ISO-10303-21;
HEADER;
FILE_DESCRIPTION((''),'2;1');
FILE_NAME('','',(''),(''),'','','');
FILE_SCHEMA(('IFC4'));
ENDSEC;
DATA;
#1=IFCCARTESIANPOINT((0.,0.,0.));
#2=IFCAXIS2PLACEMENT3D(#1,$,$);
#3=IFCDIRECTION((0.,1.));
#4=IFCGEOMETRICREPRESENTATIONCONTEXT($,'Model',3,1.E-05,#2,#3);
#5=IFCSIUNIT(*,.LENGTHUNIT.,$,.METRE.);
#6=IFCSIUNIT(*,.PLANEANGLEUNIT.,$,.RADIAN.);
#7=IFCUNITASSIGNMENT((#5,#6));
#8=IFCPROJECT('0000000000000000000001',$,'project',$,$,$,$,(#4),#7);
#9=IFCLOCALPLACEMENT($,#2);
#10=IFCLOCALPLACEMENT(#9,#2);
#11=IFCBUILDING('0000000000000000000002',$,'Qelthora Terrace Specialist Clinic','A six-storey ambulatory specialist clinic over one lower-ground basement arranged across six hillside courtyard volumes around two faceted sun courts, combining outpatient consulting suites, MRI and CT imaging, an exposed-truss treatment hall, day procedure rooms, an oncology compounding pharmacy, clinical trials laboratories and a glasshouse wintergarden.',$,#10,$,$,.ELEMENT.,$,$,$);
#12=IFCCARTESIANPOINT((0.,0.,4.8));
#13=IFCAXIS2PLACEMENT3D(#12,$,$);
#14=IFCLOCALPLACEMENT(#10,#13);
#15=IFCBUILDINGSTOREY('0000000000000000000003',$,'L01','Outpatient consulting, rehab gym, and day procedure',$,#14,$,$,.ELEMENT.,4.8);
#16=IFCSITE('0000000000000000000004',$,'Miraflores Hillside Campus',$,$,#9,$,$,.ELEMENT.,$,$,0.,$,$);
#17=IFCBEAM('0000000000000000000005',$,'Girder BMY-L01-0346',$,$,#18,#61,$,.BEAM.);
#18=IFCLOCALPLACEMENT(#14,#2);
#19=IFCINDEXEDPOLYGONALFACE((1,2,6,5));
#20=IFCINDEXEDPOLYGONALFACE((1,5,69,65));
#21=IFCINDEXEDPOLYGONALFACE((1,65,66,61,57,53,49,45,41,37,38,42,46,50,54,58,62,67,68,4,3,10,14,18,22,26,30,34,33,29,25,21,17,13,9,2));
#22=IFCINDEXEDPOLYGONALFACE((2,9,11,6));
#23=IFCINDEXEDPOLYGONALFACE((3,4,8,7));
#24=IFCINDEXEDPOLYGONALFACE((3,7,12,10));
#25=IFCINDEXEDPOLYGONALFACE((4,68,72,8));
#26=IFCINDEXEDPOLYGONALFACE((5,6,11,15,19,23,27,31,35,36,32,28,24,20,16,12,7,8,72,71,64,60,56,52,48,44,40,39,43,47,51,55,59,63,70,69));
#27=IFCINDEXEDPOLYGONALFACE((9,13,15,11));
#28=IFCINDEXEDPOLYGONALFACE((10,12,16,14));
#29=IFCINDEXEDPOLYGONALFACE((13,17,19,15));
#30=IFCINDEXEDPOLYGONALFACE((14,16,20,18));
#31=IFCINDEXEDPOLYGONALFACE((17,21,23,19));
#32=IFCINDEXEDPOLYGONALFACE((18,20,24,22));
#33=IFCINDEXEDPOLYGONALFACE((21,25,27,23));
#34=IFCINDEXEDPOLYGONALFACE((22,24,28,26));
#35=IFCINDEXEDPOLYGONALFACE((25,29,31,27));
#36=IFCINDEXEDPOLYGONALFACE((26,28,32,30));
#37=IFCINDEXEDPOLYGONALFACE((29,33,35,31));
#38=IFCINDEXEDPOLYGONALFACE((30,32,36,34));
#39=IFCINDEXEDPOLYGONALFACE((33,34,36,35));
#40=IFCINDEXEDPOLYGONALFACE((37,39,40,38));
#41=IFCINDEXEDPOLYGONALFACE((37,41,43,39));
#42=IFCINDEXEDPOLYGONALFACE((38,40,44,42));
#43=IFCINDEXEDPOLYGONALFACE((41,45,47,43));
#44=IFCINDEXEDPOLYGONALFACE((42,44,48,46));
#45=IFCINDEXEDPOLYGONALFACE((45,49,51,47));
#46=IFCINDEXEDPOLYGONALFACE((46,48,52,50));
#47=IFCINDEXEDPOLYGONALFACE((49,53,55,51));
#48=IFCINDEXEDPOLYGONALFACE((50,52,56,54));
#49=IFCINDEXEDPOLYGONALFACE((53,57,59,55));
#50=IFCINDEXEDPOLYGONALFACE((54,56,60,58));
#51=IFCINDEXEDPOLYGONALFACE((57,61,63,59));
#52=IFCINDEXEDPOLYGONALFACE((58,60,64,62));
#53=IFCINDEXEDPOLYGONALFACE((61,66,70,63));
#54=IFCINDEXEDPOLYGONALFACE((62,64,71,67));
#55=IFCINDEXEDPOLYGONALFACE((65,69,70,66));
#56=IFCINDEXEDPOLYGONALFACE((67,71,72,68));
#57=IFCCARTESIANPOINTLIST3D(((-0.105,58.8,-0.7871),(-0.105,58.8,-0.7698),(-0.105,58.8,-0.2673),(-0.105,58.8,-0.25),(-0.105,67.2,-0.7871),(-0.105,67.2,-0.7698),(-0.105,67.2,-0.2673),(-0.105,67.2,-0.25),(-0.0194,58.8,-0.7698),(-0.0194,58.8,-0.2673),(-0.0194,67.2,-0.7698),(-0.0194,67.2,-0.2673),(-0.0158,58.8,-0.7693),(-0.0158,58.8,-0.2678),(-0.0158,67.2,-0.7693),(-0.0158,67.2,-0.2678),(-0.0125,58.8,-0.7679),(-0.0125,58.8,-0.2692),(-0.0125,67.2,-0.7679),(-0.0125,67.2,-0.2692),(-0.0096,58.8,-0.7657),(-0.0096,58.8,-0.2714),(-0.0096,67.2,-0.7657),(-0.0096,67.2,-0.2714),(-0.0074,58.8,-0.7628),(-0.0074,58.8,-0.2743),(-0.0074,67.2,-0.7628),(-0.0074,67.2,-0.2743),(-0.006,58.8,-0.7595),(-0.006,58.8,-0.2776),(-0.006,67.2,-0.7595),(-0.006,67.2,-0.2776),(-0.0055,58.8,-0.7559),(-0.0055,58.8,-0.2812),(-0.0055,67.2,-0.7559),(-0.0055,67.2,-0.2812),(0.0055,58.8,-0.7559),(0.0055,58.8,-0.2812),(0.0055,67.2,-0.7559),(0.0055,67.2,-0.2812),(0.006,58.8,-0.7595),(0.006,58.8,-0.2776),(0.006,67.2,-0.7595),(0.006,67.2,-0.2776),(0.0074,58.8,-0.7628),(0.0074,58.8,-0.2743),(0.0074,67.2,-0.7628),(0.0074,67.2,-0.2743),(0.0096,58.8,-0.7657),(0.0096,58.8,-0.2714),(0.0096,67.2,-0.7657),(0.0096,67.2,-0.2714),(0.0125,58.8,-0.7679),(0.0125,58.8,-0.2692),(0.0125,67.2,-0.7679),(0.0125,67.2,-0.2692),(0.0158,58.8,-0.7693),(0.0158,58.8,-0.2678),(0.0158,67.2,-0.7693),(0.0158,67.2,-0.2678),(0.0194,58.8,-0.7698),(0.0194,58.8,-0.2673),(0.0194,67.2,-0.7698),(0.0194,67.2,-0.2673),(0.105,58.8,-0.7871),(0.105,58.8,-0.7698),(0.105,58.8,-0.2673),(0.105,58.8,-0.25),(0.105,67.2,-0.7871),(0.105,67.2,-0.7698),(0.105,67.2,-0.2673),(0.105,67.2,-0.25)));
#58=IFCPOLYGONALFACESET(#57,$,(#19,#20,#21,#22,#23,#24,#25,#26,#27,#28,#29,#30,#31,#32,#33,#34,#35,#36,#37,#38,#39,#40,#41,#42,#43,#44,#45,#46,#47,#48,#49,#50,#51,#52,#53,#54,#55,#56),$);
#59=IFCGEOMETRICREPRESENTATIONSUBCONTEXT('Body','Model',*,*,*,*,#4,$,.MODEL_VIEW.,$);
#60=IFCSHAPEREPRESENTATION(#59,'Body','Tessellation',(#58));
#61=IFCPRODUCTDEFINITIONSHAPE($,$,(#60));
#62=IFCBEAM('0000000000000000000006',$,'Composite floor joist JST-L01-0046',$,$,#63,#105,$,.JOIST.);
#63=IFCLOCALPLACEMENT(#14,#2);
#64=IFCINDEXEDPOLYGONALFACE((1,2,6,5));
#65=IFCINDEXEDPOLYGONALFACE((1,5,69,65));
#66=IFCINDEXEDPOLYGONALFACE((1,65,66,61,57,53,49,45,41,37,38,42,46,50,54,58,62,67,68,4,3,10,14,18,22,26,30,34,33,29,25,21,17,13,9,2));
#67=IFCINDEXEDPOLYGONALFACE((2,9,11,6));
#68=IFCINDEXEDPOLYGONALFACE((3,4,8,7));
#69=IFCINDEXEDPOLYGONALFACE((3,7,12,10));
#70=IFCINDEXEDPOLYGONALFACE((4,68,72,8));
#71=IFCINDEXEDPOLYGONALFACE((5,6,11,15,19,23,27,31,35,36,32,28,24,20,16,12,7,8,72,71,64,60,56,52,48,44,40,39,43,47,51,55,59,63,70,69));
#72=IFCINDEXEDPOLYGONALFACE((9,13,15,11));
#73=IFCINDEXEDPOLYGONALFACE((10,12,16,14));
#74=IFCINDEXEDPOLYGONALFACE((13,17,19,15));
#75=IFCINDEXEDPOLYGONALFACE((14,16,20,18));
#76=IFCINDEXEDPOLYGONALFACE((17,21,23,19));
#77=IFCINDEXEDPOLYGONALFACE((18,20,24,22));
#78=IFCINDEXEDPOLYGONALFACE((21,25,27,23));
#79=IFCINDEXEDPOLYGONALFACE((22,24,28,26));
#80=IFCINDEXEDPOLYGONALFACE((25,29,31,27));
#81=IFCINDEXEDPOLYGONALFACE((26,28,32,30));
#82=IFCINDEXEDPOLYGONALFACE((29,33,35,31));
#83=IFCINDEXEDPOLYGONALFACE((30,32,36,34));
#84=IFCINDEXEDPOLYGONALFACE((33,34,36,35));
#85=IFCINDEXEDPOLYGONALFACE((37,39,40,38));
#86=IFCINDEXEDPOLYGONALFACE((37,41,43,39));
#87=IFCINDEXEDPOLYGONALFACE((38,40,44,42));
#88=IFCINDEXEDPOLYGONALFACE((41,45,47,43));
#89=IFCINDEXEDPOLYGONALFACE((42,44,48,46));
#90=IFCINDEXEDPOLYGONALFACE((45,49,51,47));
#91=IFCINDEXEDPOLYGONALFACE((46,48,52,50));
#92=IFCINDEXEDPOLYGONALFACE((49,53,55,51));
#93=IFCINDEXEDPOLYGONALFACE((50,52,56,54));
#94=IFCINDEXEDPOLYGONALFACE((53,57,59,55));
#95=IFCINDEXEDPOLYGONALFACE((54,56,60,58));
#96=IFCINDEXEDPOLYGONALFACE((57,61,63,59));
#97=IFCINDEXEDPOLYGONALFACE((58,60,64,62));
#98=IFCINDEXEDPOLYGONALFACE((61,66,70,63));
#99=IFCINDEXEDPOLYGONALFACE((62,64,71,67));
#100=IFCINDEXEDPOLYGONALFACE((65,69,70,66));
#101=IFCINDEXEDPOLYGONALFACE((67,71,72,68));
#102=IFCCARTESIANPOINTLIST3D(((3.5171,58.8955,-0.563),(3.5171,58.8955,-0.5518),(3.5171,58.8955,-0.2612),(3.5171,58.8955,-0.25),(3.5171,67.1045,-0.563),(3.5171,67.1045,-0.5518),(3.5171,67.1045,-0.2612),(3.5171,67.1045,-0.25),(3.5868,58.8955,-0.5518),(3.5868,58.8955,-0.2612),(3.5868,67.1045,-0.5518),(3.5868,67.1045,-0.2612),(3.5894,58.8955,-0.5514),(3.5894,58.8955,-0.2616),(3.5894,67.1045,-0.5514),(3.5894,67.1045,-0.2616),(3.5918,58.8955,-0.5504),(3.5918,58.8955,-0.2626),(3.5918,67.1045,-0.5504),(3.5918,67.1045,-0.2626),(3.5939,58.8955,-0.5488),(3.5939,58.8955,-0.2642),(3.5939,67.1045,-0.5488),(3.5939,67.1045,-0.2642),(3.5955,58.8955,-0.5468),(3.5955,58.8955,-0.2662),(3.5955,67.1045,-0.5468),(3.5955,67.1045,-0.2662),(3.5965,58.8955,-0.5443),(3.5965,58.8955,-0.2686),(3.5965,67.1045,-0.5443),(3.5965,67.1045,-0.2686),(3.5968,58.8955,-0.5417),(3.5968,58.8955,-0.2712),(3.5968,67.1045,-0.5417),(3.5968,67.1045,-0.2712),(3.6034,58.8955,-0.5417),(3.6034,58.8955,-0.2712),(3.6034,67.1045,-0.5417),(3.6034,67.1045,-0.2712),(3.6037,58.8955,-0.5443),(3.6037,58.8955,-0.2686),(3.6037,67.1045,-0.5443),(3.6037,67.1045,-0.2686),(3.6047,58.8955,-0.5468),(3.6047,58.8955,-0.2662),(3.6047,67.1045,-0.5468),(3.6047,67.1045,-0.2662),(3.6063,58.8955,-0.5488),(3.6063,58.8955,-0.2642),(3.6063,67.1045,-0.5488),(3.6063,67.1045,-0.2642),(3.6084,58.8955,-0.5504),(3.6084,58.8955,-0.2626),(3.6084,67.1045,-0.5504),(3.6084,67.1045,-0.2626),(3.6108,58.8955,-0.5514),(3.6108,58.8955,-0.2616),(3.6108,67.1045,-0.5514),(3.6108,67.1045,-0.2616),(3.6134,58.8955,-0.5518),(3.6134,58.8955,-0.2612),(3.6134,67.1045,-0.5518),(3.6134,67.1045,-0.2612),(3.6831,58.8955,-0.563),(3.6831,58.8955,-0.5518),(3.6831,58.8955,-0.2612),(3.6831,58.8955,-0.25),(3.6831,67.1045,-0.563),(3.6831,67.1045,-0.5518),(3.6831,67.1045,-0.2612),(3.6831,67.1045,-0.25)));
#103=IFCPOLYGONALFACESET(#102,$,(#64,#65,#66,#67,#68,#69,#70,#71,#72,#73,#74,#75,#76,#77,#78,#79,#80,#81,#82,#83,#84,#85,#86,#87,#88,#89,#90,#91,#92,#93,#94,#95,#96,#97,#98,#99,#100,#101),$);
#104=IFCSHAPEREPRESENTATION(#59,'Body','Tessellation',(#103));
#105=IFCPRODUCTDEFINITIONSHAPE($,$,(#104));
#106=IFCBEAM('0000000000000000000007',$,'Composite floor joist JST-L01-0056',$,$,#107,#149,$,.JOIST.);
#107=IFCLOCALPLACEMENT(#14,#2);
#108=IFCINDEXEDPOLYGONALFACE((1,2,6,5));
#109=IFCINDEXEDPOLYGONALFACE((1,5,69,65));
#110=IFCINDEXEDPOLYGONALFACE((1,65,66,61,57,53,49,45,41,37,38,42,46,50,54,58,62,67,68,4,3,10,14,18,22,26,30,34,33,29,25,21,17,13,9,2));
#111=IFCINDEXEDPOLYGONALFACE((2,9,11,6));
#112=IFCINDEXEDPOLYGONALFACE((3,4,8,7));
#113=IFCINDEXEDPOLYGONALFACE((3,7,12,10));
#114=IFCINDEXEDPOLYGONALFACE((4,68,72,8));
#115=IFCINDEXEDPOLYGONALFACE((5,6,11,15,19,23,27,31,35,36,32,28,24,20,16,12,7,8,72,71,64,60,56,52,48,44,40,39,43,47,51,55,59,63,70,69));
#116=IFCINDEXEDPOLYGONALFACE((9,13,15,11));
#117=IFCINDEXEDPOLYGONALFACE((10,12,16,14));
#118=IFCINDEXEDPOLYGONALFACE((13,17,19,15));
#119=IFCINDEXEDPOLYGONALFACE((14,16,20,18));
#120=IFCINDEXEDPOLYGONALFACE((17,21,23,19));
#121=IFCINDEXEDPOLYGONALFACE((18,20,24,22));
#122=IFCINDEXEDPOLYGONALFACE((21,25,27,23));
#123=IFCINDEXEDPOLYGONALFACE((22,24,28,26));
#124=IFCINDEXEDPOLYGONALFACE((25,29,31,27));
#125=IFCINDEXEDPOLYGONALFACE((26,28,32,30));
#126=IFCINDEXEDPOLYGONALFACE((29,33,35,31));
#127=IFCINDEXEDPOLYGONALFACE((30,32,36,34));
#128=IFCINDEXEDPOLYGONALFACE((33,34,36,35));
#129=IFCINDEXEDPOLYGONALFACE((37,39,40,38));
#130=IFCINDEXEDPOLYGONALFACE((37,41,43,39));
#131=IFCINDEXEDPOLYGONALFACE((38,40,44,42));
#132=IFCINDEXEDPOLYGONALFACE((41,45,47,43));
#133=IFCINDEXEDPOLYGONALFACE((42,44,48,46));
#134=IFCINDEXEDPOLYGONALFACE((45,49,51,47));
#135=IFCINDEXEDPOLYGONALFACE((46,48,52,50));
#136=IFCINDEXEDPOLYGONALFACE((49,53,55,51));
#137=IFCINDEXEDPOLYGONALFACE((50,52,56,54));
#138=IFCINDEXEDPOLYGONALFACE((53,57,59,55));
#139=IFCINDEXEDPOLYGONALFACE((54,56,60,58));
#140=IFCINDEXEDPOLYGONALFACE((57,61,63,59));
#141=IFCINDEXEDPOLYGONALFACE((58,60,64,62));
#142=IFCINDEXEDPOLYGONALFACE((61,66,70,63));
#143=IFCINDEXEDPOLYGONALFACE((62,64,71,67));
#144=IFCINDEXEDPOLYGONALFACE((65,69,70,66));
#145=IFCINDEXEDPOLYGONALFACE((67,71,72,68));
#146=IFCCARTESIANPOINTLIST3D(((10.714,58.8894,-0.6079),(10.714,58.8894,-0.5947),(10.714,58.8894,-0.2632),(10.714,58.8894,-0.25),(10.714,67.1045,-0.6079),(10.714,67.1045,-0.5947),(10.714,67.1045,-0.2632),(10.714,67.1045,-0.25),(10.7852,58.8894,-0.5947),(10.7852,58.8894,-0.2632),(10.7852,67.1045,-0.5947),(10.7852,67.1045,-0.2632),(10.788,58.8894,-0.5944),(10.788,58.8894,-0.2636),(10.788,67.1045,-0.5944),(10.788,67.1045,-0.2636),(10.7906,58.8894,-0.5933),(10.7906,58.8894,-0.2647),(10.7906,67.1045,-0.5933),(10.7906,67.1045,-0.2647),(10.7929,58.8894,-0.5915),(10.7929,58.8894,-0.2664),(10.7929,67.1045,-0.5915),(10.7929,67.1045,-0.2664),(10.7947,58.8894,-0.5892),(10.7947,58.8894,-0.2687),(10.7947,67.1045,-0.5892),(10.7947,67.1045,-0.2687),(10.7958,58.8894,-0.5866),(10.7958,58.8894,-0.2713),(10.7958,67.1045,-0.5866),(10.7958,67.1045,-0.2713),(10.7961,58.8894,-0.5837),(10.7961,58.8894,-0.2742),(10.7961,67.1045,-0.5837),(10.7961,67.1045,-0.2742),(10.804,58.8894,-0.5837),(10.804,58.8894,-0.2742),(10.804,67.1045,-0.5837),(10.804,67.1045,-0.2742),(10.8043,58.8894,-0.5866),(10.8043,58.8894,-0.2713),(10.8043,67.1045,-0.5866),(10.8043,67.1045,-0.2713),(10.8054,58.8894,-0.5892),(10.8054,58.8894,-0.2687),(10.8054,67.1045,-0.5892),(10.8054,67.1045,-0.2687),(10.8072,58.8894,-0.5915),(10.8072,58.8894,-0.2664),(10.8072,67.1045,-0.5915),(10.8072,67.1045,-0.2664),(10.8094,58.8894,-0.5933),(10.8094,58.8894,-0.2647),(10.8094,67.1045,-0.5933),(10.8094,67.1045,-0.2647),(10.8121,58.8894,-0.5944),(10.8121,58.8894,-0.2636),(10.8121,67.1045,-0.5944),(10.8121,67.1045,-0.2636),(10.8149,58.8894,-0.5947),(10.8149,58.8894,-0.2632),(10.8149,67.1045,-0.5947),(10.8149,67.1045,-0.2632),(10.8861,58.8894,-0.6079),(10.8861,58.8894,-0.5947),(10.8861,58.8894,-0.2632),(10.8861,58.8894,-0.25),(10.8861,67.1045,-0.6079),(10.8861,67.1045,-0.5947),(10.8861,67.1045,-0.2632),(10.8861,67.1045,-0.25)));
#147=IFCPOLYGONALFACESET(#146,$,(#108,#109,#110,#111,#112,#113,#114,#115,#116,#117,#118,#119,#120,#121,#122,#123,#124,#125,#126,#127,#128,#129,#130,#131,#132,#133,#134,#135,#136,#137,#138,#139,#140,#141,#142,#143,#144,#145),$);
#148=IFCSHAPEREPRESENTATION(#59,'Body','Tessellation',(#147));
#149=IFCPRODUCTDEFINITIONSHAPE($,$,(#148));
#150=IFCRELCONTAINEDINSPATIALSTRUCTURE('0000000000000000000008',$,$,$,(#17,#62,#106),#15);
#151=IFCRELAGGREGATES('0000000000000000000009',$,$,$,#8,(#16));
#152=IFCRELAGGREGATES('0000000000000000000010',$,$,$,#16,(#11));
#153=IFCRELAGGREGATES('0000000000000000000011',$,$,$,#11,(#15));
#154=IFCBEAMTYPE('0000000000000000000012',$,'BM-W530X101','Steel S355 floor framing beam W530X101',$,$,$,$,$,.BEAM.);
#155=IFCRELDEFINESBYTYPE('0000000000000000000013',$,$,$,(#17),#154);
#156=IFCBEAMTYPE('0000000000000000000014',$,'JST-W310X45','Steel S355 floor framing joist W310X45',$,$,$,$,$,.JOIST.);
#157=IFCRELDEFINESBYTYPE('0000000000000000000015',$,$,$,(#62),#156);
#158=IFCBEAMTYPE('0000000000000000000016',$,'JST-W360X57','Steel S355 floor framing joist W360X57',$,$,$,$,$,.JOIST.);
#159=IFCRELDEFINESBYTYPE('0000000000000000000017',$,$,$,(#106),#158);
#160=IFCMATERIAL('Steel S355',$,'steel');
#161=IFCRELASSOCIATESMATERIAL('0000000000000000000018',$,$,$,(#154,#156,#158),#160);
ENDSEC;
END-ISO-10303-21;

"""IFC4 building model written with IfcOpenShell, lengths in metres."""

from ifc_helpers import new_model, si_unit, direction, frame, origin, origin_2d, place, context, subcontext, project, spatial, i_section, extrude, material, material_profile, profile_set, type_object, element, save


model = new_model("IFC4")

# Units and contexts
model_context = context("Model", 3, precision=1e-05, world=origin(), true_north=direction((0.0, 1.0)))
body_context = subcontext(model_context, "Body", "Model", "MODEL_VIEW")
ifc_project = project(units=[si_unit("LENGTHUNIT", "METRE"), si_unit("PLANEANGLEUNIT", "RADIAN")], contexts=[model_context])

# Site, building, storey
site_placement = place(None, origin())
site = spatial("IfcSite", under=ifc_project, at=site_placement, Name="Miraflores Hillside Campus", CompositionType="ELEMENT", RefElevation=0.0)
building_placement = place(site_placement, origin())
building = spatial("IfcBuilding", under=site, at=building_placement, Name="Qelthora Terrace Specialist Clinic", Description="A six-storey ambulatory specialist clinic over one lower-ground basement arranged across six hillside courtyard volumes around two faceted sun courts, combining outpatient consulting suites, MRI and CT imaging, an exposed-truss treatment hall, day procedure rooms, an oncology compounding pharmacy, clinical trials laboratories and a glasshouse wintergarden.", CompositionType="ELEMENT")
storey_placement = place(building_placement, frame((0.0, 0.0, 4.8)))
storey = spatial("IfcBuildingStorey", under=building, at=storey_placement, Name="L01", Description="Outpatient consulting, rehab gym, and day procedure", CompositionType="ELEMENT", Elevation=4.8)

# Shared definitions
ifc_material_1 = material(Name="Steel S355", Category="steel")

# Beams
ifc_material_profile_1 = material_profile(ifc_material_1, i_section(OverallWidth=0.21, OverallDepth=0.5371, WebThickness=0.011, FlangeThickness=0.0173, FilletRadius=0.0139, at=origin_2d()), Name="W530X101")
ifc_profile_set_1 = profile_set([ifc_material_profile_1], Name="Steel S355")
beam_type_1 = type_object("IfcBeamType", Name="BM-W530X101", Description="Steel S355 floor framing beam W530X101", PredefinedType="BEAM", material=ifc_profile_set_1)
beam_1_placement = place(storey_placement, frame((0.0, 58.8, -0.5186), z_axis=(0.0, 1.0, 0.0), x_axis=(-1.0, 0.0, 0.0)))
element("IfcBeam", 1, at=beam_1_placement, inside=storey, type_object=beam_type_1, Name="Girder BMY-L01-0346", PredefinedType="BEAM", context=body_context, shape_type="SweptSolid", body=[
    extrude(i_section(OverallWidth=0.21, OverallDepth=0.5371, WebThickness=0.011, FlangeThickness=0.0173, FilletRadius=0.0139, at=origin_2d()), origin(), (0.0, 0.0, 1.0), 8.3999),
])
ifc_material_profile_2 = material_profile(ifc_material_1, i_section(OverallWidth=0.166, OverallDepth=0.313, WebThickness=0.0066, FlangeThickness=0.0112, FilletRadius=0.01, at=origin_2d()), Name="W310X45")
ifc_profile_set_2 = profile_set([ifc_material_profile_2], Name="Steel S355")
beam_type_2 = type_object("IfcBeamType", Name="JST-W310X45", Description="Steel S355 floor framing joist W310X45", PredefinedType="JOIST", material=ifc_profile_set_2)
beam_2_placement = place(storey_placement, frame((3.6001, 58.8955, -0.4065), z_axis=(0.0, 1.0, 0.0), x_axis=(-1.0, 0.0, 0.0)))
element("IfcBeam", 2, at=beam_2_placement, inside=storey, type_object=beam_type_2, Name="Composite floor joist JST-L01-0046", PredefinedType="JOIST", context=body_context, shape_type="SweptSolid", body=[
    extrude(i_section(OverallWidth=0.166, OverallDepth=0.313, WebThickness=0.0066, FlangeThickness=0.0112, FilletRadius=0.01, at=origin_2d()), origin(), (0.0, 0.0, 1.0), 8.209),
])
ifc_material_profile_3 = material_profile(ifc_material_1, i_section(OverallWidth=0.1721, OverallDepth=0.3579, WebThickness=0.0078, FlangeThickness=0.0132, FilletRadius=0.011, at=origin_2d()), Name="W360X57")
ifc_profile_set_3 = profile_set([ifc_material_profile_3], Name="Steel S355")
beam_type_3 = type_object("IfcBeamType", Name="JST-W360X57", Description="Steel S355 floor framing joist W360X57", PredefinedType="JOIST", material=ifc_profile_set_3)
beam_3_placement = place(storey_placement, frame((10.8, 58.8894, -0.429), z_axis=(0.0, 1.0, 0.0), x_axis=(-1.0, 0.0, 0.0)))
element("IfcBeam", 3, at=beam_3_placement, inside=storey, type_object=beam_type_3, Name="Composite floor joist JST-L01-0056", PredefinedType="JOIST", context=body_context, shape_type="SweptSolid", body=[
    extrude(i_section(OverallWidth=0.1721, OverallDepth=0.3579, WebThickness=0.0078, FlangeThickness=0.0132, FilletRadius=0.011, at=origin_2d()), origin(), (0.0, 0.0, 1.0), 8.2151),
])

save(model, "model.ifc")
